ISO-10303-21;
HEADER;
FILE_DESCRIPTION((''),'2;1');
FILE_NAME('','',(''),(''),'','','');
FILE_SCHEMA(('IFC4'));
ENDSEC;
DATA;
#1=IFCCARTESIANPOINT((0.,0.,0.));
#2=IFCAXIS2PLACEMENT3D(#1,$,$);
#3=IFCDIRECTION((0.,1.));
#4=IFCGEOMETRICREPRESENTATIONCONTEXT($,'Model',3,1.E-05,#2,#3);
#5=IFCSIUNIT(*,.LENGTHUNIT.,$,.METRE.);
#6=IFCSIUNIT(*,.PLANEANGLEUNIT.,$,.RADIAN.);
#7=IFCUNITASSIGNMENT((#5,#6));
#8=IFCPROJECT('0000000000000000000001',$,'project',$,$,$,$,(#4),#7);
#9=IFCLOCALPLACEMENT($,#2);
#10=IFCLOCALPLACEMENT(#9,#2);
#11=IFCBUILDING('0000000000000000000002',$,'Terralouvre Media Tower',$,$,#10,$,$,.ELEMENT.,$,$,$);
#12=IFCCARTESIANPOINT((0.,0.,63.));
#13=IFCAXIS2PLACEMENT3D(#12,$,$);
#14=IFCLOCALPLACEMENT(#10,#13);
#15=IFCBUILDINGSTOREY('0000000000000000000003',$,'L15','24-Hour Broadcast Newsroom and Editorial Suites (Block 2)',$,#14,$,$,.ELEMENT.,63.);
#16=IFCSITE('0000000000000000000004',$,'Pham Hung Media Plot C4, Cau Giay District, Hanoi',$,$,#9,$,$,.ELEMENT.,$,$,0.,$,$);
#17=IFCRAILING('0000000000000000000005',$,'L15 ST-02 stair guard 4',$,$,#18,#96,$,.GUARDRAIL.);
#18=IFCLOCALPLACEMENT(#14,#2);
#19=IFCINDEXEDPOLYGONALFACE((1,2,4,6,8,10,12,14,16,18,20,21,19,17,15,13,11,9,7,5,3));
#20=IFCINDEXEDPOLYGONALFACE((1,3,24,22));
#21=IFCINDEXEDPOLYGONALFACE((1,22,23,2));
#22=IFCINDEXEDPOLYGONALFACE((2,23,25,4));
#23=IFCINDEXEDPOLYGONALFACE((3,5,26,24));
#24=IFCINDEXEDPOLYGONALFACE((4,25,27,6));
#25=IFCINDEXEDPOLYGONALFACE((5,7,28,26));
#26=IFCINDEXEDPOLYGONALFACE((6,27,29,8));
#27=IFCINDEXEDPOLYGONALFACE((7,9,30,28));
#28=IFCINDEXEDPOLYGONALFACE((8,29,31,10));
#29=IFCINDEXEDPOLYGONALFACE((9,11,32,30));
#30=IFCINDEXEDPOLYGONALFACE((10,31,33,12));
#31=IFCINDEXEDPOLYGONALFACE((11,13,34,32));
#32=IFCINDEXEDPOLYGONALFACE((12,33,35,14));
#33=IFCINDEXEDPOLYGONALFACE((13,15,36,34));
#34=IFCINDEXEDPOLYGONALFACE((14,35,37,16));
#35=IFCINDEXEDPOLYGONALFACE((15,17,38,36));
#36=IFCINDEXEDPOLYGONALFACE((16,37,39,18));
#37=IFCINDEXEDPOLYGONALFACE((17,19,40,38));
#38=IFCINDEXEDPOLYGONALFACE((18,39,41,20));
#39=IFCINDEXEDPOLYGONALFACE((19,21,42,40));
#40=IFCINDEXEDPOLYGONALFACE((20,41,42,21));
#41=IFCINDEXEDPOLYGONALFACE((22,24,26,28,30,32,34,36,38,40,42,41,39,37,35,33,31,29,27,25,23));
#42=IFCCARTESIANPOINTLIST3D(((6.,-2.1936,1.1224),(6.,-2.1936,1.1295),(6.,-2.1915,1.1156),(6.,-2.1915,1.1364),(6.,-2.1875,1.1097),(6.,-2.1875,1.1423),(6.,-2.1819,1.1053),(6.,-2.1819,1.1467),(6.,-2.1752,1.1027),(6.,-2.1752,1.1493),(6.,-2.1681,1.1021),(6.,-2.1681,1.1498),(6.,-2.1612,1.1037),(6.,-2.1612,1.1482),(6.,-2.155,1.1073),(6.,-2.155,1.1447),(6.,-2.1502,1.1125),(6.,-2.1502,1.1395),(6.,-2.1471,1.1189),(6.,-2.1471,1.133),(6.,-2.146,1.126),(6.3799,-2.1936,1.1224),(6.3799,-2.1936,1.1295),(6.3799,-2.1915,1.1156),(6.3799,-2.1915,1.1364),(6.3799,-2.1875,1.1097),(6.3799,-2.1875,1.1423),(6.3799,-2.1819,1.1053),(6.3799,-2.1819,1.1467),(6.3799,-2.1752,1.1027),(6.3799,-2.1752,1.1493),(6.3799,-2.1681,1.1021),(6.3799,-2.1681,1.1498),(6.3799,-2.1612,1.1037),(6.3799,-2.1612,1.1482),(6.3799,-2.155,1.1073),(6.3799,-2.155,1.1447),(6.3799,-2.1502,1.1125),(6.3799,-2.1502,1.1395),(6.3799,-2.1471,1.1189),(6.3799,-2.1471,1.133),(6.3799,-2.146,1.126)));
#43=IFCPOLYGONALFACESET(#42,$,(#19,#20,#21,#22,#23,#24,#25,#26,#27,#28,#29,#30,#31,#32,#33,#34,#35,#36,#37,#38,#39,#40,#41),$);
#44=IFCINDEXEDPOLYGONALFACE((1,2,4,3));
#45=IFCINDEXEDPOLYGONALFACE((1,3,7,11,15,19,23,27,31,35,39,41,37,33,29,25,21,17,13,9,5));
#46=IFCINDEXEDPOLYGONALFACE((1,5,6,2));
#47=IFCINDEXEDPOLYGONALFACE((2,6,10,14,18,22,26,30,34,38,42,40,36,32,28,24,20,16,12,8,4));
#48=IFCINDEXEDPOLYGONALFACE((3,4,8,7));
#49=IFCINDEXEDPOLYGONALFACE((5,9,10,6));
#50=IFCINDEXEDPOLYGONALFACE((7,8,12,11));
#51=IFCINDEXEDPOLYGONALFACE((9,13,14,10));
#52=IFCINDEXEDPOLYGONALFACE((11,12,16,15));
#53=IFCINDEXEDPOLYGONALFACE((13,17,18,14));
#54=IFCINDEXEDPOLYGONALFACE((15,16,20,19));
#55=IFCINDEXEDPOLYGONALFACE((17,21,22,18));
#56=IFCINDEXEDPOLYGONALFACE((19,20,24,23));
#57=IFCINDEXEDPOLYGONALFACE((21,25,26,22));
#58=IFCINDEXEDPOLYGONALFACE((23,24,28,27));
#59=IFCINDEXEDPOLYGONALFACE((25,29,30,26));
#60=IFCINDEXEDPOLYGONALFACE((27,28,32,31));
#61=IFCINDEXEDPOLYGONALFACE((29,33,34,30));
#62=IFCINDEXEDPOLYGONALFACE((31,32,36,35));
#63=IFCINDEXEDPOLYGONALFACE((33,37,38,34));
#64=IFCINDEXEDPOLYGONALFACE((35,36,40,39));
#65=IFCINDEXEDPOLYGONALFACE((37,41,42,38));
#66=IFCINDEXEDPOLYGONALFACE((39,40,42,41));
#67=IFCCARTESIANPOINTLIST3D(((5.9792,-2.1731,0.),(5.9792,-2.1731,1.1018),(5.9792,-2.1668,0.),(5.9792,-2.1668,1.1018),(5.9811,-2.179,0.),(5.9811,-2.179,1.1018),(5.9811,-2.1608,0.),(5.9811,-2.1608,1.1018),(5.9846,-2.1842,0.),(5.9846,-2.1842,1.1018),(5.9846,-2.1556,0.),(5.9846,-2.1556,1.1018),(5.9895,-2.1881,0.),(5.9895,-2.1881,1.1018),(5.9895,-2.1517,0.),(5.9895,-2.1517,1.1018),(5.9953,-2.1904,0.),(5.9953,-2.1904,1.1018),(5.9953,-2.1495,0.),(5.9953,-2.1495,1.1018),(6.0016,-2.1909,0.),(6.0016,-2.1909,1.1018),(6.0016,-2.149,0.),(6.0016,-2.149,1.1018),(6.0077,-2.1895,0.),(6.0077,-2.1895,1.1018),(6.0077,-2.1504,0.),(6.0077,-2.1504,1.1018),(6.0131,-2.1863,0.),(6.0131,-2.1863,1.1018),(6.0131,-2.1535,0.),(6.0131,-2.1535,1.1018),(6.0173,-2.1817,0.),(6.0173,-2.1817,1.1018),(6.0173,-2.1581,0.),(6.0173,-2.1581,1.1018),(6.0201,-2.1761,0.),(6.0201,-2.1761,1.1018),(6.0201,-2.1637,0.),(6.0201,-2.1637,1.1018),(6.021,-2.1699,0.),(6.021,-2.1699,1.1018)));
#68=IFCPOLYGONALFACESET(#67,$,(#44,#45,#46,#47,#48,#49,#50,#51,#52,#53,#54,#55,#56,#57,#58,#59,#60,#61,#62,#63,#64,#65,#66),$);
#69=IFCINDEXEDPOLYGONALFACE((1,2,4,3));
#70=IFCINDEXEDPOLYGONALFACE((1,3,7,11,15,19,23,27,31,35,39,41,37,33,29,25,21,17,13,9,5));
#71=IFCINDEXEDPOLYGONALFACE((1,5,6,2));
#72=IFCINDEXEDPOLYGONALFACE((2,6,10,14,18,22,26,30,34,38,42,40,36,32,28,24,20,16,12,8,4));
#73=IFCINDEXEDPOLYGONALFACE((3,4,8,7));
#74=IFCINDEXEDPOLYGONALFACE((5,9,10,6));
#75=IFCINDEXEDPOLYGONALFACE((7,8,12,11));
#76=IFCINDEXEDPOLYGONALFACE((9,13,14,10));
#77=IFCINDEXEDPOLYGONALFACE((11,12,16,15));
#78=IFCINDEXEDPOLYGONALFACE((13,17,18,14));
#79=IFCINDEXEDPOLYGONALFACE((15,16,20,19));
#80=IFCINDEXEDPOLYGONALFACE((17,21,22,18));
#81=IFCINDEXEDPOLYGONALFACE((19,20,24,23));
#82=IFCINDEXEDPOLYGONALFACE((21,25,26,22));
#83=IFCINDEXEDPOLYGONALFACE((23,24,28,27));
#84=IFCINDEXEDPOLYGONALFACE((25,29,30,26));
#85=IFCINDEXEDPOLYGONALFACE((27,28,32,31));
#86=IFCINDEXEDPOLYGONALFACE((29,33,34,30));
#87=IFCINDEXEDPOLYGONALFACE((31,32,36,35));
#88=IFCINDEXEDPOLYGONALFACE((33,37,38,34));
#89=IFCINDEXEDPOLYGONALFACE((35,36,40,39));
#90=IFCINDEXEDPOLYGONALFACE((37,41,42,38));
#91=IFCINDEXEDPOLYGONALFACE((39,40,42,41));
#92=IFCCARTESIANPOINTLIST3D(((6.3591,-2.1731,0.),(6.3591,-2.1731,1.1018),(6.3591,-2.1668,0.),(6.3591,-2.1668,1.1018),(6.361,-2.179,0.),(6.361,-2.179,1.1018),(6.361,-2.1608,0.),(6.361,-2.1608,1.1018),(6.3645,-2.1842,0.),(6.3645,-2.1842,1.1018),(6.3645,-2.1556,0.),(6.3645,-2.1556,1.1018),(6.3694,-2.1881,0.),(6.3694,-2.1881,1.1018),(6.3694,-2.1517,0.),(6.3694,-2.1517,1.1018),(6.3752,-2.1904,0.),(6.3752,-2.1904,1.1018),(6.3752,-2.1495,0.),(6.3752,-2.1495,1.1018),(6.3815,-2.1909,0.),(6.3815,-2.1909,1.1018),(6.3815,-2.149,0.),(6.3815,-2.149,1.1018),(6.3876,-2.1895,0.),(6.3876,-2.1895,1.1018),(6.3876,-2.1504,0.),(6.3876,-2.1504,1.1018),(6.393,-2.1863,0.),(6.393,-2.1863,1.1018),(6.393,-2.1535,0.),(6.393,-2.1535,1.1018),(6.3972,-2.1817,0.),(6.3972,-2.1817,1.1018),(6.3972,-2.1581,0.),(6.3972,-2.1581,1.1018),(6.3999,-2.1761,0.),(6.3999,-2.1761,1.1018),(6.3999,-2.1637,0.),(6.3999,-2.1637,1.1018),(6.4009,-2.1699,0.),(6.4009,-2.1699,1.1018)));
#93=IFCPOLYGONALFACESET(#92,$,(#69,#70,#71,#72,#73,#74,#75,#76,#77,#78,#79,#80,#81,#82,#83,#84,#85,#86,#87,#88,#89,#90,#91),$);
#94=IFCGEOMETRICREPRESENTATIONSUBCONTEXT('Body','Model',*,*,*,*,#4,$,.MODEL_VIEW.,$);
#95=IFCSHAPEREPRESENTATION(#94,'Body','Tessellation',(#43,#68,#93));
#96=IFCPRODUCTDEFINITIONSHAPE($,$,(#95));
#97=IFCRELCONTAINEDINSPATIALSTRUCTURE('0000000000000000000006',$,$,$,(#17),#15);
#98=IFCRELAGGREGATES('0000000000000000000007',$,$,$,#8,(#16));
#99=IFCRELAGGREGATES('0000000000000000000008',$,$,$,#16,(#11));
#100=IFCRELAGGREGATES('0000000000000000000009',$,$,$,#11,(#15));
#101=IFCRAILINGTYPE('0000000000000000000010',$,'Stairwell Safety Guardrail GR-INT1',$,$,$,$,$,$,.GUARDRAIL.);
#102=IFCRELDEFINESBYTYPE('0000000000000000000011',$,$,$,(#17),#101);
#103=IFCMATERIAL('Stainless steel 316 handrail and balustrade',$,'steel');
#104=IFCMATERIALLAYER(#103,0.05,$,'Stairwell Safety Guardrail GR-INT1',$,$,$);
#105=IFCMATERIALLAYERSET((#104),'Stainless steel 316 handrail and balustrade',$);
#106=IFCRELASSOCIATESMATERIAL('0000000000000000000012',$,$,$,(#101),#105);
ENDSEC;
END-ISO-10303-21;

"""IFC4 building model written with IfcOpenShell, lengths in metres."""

from ifc_helpers import new_model, si_unit, direction, frame, origin, origin_2d, place, context, subcontext, project, spatial, circle, extrude, material, layer, layer_set, type_object, element, save


model = new_model("IFC4")

# Units and contexts
model_context = context("Model", 3, precision=1e-05, world=origin(), true_north=direction((0.0, 1.0)))
body_context = subcontext(model_context, "Body", "Model", "MODEL_VIEW")
ifc_project = project(units=[si_unit("LENGTHUNIT", "METRE"), si_unit("PLANEANGLEUNIT", "RADIAN")], contexts=[model_context])

# Site, building, storey
site_placement = place(None, origin())
site = spatial("IfcSite", under=ifc_project, at=site_placement, Name="Pham Hung Media Plot C4, Cau Giay District, Hanoi", CompositionType="ELEMENT", RefElevation=0.0)
building_placement = place(site_placement, origin())
building = spatial("IfcBuilding", under=site, at=building_placement, Name="Terralouvre Media Tower", CompositionType="ELEMENT")
storey_placement = place(building_placement, frame((0.0, 0.0, 63.0)))
storey = spatial("IfcBuildingStorey", under=building, at=storey_placement, Name="L15", Description="24-Hour Broadcast Newsroom and Editorial Suites (Block 2)", CompositionType="ELEMENT", Elevation=63.0)

# Railing
ifc_material_1 = material(Name="Stainless steel 316 handrail and balustrade", Category="steel")
ifc_layer_1 = layer(ifc_material_1, 0.05, Name="Stairwell Safety Guardrail GR-INT1")
ifc_layer_set_1 = layer_set([ifc_layer_1], Name="Stainless steel 316 handrail and balustrade")
railing_type_1 = type_object("IfcRailingType", Name="Stairwell Safety Guardrail GR-INT1", PredefinedType="GUARDRAIL", material=ifc_layer_set_1)
railing_1_placement = place(storey_placement, frame((6.0, -2.1699, 0.0)))
element("IfcRailing", 1, at=railing_1_placement, inside=storey, type_object=railing_type_1, Name="L15 ST-02 stair guard 4", PredefinedType="GUARDRAIL", context=body_context, shape_type="SweptSolid", body=[
    extrude(circle(Radius=0.0239, at=origin_2d()), frame((0.0, 0.0, 1.126), z_axis=(1.0, 0.0, 0.0), x_axis=(0.0, 1.0, 0.0)), (0.0, 0.0, 1.0), 0.3799),
    extrude(circle(Radius=0.021, at=origin_2d()), origin(), (0.0, 0.0, 1.0), 1.1018),
    extrude(circle(Radius=0.021, at=origin_2d()), frame((0.3799, 0.0, 0.0)), (0.0, 0.0, 1.0), 1.1018),
])

save(model, "model.ifc")
